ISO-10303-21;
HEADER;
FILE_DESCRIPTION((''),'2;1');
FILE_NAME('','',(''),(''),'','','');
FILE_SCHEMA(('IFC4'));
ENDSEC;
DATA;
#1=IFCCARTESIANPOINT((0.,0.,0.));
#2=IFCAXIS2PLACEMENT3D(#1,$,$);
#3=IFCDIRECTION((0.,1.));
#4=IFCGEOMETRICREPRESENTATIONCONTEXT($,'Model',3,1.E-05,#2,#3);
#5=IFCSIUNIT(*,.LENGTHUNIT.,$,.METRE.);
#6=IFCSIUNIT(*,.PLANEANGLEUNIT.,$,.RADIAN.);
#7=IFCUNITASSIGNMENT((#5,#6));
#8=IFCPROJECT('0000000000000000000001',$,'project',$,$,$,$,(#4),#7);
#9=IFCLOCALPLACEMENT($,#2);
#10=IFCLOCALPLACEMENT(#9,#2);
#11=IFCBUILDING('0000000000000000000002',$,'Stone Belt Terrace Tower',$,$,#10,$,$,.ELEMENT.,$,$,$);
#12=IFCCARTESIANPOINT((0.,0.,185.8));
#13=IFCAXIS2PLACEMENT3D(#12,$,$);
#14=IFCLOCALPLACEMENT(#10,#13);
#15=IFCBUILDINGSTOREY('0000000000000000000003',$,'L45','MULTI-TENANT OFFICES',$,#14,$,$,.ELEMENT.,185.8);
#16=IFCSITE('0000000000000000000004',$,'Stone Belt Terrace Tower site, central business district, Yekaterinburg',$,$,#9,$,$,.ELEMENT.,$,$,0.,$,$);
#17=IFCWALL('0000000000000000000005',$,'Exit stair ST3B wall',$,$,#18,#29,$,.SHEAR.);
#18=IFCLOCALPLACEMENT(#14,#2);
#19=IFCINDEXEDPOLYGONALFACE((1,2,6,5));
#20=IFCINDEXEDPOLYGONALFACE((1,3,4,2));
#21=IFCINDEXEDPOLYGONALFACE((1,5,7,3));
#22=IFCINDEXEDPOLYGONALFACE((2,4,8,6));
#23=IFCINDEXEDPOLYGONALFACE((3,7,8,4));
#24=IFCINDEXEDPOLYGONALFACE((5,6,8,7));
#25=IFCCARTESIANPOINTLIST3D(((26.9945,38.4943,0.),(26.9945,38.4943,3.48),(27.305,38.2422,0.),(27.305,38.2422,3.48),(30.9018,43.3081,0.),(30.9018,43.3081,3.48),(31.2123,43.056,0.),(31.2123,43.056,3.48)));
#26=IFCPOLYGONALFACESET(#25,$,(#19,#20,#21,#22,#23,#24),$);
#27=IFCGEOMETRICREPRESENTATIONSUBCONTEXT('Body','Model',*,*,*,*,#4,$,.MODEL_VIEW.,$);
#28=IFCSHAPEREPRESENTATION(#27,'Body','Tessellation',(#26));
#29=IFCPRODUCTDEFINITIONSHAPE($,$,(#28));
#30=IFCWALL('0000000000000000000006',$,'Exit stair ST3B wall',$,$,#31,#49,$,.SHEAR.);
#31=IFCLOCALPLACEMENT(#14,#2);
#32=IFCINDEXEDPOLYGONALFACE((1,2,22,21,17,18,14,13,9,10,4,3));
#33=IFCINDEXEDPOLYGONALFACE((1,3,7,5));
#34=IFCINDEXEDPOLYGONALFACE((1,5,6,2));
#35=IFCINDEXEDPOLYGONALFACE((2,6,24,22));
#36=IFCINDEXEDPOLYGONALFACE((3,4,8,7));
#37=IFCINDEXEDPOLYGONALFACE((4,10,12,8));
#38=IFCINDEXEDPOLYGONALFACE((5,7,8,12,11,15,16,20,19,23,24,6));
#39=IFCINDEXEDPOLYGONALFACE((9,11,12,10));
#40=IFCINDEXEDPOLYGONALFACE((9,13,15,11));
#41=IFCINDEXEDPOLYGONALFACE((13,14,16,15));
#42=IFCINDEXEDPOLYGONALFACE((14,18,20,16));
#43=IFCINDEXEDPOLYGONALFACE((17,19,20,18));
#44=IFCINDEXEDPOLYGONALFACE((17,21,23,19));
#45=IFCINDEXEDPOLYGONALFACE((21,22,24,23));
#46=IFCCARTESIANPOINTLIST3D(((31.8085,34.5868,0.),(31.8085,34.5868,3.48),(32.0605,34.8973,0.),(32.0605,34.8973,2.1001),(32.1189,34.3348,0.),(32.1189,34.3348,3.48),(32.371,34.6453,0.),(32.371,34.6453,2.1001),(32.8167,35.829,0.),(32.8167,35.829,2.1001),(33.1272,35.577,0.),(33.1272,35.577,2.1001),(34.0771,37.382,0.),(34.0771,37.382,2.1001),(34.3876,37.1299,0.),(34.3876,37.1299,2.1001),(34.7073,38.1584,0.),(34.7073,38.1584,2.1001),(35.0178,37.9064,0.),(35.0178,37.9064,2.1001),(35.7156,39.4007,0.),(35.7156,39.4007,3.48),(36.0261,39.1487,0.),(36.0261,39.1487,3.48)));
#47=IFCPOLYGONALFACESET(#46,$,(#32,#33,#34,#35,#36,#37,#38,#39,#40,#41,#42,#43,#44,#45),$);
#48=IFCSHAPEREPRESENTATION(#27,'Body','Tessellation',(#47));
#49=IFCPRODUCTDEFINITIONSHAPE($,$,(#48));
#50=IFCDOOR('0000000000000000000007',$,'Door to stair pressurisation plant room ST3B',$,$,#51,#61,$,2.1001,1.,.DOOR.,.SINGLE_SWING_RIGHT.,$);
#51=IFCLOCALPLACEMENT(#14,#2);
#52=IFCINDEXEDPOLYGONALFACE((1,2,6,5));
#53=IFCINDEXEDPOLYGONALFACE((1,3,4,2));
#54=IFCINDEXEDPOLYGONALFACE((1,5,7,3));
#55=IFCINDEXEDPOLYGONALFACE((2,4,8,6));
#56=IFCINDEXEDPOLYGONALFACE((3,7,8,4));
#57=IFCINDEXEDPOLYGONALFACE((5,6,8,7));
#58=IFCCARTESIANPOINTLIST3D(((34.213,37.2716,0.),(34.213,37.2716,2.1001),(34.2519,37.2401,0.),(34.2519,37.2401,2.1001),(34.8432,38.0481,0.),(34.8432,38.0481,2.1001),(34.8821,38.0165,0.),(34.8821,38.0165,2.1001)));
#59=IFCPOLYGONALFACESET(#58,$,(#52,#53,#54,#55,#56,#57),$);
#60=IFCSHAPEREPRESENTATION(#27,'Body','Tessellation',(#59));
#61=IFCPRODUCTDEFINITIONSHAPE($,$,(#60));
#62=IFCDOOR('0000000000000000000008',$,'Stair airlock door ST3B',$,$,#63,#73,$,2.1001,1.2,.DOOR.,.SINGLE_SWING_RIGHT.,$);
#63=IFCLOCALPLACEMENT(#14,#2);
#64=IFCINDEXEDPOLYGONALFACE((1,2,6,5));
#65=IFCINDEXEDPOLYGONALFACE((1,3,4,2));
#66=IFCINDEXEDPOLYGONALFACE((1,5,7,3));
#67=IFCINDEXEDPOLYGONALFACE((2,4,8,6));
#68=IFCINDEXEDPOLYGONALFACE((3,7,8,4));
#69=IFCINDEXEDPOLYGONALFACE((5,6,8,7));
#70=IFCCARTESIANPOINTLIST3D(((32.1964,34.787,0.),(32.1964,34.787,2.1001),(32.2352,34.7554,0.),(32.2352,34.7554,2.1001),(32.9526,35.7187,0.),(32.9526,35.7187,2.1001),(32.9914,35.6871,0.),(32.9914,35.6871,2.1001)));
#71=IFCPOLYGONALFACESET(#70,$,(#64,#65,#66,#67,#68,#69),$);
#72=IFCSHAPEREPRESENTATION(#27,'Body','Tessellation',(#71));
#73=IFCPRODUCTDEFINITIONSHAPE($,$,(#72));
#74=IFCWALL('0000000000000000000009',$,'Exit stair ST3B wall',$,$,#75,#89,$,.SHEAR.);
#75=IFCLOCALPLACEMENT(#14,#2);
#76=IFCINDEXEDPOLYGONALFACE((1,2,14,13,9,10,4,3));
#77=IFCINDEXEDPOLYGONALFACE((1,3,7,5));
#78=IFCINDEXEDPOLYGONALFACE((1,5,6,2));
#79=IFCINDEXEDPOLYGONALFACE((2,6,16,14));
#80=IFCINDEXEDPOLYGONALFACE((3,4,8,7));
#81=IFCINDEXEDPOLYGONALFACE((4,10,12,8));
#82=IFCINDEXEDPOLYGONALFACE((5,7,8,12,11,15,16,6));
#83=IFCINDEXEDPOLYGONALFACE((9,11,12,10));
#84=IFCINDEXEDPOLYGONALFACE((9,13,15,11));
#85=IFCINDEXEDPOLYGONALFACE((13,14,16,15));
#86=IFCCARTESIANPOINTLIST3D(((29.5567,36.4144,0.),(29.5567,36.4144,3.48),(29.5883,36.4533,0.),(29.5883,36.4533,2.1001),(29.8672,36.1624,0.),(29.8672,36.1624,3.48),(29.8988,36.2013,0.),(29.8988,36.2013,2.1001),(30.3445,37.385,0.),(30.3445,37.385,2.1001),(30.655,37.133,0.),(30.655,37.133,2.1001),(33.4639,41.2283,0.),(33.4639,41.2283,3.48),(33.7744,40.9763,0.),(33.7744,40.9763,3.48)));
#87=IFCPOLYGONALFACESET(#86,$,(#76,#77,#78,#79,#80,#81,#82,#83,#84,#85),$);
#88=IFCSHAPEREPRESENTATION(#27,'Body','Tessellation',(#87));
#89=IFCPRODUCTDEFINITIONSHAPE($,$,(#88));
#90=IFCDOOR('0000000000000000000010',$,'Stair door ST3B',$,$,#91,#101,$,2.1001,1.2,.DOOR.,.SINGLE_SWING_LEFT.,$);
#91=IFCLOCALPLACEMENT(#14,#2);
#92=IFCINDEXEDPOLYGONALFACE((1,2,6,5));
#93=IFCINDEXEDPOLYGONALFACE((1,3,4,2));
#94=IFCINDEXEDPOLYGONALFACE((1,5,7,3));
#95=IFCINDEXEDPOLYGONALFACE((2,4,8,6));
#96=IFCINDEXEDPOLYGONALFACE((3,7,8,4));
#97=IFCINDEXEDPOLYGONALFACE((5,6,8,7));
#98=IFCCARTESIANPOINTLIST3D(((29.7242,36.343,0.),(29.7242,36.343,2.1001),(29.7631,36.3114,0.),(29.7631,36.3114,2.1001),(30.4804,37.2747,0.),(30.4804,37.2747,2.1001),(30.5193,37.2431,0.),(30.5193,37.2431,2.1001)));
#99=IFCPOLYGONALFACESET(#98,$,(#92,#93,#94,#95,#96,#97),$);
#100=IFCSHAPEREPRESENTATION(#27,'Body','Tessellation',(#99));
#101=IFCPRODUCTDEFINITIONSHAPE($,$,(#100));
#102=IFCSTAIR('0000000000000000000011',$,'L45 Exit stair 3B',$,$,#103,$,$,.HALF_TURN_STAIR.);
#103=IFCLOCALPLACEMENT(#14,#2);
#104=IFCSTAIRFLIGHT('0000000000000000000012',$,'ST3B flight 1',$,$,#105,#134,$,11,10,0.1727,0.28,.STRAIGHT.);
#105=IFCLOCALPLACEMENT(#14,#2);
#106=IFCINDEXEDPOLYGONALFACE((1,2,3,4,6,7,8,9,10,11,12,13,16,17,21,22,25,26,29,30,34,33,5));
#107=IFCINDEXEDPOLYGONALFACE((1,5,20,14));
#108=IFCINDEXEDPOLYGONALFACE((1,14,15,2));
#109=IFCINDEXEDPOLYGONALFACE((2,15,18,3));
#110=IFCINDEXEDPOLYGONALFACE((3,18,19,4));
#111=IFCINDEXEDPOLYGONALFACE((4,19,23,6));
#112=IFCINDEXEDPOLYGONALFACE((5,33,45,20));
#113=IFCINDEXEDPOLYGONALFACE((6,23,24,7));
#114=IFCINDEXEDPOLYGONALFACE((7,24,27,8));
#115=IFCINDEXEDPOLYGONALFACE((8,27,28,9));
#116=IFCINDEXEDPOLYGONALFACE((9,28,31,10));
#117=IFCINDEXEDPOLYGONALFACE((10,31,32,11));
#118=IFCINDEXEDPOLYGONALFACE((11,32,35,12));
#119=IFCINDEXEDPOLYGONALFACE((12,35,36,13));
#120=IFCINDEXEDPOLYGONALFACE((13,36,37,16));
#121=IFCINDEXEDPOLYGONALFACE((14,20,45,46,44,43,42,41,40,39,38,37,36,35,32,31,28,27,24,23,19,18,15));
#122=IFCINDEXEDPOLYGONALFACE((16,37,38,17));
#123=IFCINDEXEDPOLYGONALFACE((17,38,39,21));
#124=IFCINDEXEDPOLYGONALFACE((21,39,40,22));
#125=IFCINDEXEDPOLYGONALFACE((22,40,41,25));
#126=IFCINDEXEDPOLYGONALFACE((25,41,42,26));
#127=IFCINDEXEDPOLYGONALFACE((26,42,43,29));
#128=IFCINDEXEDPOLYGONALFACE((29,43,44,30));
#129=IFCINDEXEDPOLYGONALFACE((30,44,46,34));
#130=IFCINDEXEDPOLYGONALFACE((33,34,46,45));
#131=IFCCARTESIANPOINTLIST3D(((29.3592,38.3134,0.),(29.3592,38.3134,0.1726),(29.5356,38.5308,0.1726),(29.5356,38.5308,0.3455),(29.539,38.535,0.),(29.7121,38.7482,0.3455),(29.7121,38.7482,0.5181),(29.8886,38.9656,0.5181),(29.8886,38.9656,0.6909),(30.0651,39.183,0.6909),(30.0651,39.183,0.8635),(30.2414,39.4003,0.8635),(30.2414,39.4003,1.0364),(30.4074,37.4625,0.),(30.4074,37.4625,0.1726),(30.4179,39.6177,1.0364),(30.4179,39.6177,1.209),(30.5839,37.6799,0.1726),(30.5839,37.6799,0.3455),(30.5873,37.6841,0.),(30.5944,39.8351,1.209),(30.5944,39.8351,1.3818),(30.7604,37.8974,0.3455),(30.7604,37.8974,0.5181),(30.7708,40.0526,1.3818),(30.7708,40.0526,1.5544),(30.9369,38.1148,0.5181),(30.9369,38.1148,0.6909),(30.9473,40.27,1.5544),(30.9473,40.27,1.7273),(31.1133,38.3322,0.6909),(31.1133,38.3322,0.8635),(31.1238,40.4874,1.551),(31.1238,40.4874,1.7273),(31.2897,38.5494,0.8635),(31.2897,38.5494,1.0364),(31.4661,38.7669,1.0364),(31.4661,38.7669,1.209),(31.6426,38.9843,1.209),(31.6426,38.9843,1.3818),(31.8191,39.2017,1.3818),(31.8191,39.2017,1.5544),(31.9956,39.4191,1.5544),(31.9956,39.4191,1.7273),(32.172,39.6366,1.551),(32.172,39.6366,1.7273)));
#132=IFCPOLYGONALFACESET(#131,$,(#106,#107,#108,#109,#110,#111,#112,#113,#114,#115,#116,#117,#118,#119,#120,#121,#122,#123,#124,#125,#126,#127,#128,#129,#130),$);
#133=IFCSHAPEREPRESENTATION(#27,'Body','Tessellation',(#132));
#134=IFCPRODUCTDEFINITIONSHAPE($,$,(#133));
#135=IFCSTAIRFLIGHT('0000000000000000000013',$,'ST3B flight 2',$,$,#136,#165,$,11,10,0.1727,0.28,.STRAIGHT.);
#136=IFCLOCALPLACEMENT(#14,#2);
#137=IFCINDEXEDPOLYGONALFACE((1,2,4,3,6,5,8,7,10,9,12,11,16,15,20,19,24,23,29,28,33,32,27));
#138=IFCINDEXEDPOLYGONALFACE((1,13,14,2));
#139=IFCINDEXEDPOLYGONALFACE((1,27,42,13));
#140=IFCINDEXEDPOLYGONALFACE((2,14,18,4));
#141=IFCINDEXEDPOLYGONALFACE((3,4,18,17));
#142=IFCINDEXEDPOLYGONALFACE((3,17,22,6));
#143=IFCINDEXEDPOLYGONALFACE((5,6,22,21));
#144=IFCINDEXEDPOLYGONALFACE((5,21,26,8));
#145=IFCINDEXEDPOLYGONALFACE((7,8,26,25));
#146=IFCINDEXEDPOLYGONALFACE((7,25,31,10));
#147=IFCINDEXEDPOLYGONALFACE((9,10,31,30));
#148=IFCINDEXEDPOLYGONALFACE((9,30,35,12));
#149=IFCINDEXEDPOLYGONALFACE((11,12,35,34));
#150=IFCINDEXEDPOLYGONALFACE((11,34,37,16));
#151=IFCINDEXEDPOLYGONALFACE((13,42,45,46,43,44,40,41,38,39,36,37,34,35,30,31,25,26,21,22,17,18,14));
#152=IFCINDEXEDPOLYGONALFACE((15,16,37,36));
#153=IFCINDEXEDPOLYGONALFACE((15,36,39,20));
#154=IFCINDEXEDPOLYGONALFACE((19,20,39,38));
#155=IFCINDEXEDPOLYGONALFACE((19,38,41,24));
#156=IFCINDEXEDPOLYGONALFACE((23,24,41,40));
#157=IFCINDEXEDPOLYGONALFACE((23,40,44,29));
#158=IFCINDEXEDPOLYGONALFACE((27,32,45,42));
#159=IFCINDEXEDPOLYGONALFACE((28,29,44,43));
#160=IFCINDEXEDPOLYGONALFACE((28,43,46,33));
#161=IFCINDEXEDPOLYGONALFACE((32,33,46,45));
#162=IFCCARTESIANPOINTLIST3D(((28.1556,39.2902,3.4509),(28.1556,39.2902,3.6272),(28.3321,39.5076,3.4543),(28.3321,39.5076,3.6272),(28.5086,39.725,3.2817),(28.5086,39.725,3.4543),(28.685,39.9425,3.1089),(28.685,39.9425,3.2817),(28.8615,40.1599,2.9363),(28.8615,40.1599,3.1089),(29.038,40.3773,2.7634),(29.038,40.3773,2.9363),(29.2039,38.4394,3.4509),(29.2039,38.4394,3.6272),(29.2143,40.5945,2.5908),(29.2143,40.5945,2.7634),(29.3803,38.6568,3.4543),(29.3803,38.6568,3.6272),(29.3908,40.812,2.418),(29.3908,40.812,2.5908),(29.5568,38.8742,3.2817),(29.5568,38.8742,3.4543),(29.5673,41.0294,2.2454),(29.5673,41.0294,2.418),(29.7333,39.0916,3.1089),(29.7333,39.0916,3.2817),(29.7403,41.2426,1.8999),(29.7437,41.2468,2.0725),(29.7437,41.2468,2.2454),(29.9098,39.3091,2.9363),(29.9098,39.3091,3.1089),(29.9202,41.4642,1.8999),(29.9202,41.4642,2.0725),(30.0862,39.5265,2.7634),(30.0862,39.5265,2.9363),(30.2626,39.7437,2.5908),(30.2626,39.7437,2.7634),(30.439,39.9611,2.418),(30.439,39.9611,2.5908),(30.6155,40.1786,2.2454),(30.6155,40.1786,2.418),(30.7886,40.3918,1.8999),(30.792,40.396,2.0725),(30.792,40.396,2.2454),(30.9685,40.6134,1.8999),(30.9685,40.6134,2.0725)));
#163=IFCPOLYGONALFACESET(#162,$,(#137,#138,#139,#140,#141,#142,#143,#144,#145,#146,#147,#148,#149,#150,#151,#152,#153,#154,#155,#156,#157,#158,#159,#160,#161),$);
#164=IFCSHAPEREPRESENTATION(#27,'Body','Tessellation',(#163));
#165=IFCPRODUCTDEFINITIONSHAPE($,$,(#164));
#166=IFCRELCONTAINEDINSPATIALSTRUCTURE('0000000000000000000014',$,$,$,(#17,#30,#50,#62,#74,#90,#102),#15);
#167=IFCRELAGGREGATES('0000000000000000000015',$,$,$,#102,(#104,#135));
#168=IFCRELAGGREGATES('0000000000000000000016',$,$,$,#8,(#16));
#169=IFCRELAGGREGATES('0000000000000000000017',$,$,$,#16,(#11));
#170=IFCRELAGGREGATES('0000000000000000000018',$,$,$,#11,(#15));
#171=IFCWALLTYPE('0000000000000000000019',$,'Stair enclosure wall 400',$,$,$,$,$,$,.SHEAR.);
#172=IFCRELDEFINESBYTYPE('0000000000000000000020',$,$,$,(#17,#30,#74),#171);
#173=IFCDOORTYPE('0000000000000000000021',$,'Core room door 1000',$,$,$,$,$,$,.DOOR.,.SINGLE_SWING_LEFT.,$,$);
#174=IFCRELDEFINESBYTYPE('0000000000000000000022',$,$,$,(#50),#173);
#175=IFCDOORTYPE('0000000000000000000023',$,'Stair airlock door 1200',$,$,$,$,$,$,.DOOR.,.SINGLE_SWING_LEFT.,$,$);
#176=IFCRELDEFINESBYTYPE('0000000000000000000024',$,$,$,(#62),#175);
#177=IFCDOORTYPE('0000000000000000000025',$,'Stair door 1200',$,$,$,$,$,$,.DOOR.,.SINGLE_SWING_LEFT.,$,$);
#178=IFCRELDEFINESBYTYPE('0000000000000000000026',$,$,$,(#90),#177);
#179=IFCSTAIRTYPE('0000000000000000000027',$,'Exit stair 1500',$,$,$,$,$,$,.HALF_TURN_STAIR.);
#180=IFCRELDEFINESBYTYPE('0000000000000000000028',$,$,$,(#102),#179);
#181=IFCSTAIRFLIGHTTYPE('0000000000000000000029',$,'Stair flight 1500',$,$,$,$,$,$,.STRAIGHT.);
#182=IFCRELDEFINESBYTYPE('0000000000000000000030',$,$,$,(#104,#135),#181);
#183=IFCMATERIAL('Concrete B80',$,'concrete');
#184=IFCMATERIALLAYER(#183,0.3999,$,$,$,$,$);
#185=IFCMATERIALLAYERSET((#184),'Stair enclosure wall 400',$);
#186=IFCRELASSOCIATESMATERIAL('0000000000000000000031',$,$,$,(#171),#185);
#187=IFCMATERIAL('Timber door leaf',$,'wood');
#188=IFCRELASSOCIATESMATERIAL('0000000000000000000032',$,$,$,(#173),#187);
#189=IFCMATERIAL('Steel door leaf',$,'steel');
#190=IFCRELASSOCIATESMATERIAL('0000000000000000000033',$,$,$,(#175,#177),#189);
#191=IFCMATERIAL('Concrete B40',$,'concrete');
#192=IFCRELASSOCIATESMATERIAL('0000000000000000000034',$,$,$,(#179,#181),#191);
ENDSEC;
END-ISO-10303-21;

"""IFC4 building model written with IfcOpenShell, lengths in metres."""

from ifc_helpers import new_model, si_unit, direction, frame, frame_2d, origin, place, context, subcontext, project, spatial, polyline, rectangle, outline, extrude, material, layer, layer_set, type_object, element, fill, aggregate, save


model = new_model("IFC4")

# Units and contexts
model_context = context("Model", 3, precision=1e-05, world=origin(), true_north=direction((0.0, 1.0)))
body_context = subcontext(model_context, "Body", "Model", "MODEL_VIEW")
ifc_project = project(units=[si_unit("LENGTHUNIT", "METRE"), si_unit("PLANEANGLEUNIT", "RADIAN")], contexts=[model_context])

# Site, building, storey
site_placement = place(None, origin())
site = spatial("IfcSite", under=ifc_project, at=site_placement, Name="Stone Belt Terrace Tower site, central business district, Yekaterinburg", CompositionType="ELEMENT", RefElevation=0.0)
building_placement = place(site_placement, origin())
building = spatial("IfcBuilding", under=site, at=building_placement, Name="Stone Belt Terrace Tower", CompositionType="ELEMENT")
storey_placement = place(building_placement, frame((0.0, 0.0, 185.8)))
storey = spatial("IfcBuildingStorey", under=building, at=storey_placement, Name="L45", Description="MULTI-TENANT OFFICES", CompositionType="ELEMENT", Elevation=185.8)

# Shared definitions
ifc_material_1 = material(Name="Concrete B80", Category="concrete")

# Wall
ifc_layer_1 = layer(ifc_material_1, 0.3999)
ifc_layer_set_1 = layer_set([ifc_layer_1], Name="Stair enclosure wall 400")
wall_type_1 = type_object("IfcWallType", Name="Stair enclosure wall 400", PredefinedType="SHEAR", material=ifc_layer_set_1)
wall_1_placement = place(storey_placement, frame((27.1497, 38.3682, 0.0), z_axis=(0.0, 0.0, 1.0), x_axis=(0.630212, 0.776423, 0.0)))
element("IfcWall", 1, at=wall_1_placement, inside=storey, type_object=wall_type_1, Name="Exit stair ST3B wall", PredefinedType="SHEAR", context=body_context, shape_type="SweptSolid", body=[
    extrude(rectangle(XDim=6.2, YDim=0.3999, at=frame_2d((3.1001, 0.0))), origin(), (0.0, 0.0, 1.0), 3.48),
])

# Wall, openings, doors
wall_2_placement = place(storey_placement, frame((31.9636, 34.4607, 0.0), z_axis=(0.0, 0.0, 1.0), x_axis=(0.630192, 0.776439, 0.0)))
wall_2 = element("IfcWall", 2, at=wall_2_placement, inside=storey, type_object=wall_type_1, Name="Exit stair ST3B wall", PredefinedType="SHEAR", context=body_context, shape_type="SweptSolid", body=[
    extrude(rectangle(XDim=6.2, YDim=0.3999, at=frame_2d((3.1001, 0.0))), origin(), (0.0, 0.0, 1.0), 3.48),
])
opening_1_placement = place(wall_2_placement, frame((0.3999, 0.0, 0.0)))
opening_1 = element("IfcOpeningElement", 3, at=opening_1_placement, cuts=wall_2, PredefinedType="OPENING", context=body_context, shape_type="SweptSolid", body=[
    extrude(rectangle(XDim=1.2, YDim=2.1001, at=frame_2d((0.6001, 1.05))), frame((0.0, 0.21, 0.0), z_axis=(0.0, -1.0, 0.0), x_axis=(1.0, 0.0, 0.0)), (0.0, 0.0, 1.0), 0.4199),
])
opening_2_placement = place(wall_2_placement, frame((3.6001, 0.0, 0.0)))
opening_2 = element("IfcOpeningElement", 4, at=opening_2_placement, cuts=wall_2, PredefinedType="OPENING", context=body_context, shape_type="SweptSolid", body=[
    extrude(rectangle(XDim=1.0, YDim=2.1001, at=frame_2d((0.5, 1.05))), frame((0.0, 0.21, 0.0), z_axis=(0.0, -1.0, 0.0), x_axis=(1.0, 0.0, 0.0)), (0.0, 0.0, 1.0), 0.4199),
])
ifc_material_2 = material(Name="Timber door leaf", Category="wood")
door_type_1 = type_object("IfcDoorType", Name="Core room door 1000", OperationType="SINGLE_SWING_LEFT", PredefinedType="DOOR", material=ifc_material_2)
door_1_placement = place(opening_2_placement, origin())
door_1 = element("IfcDoor", 5, at=door_1_placement, inside=storey, type_object=door_type_1, Name="Door to stair pressurisation plant room ST3B", OperationType="SINGLE_SWING_RIGHT", OverallHeight=2.1001, OverallWidth=1.0, PredefinedType="DOOR", context=body_context, shape_type="SweptSolid", body=[
    extrude(rectangle(XDim=1.0, YDim=2.1001, at=frame_2d((0.5, 1.05))), frame((0.0, 0.0249, 0.0), z_axis=(0.0, -1.0, 0.0), x_axis=(1.0, 0.0, 0.0)), (0.0, 0.0, 1.0), 0.05),
])
fill(opening_2, door_1)
ifc_material_3 = material(Name="Steel door leaf", Category="steel")
door_type_2 = type_object("IfcDoorType", Name="Stair airlock door 1200", OperationType="SINGLE_SWING_LEFT", PredefinedType="DOOR", material=ifc_material_3)
door_2_placement = place(opening_1_placement, origin())
door_2 = element("IfcDoor", 6, at=door_2_placement, inside=storey, type_object=door_type_2, Name="Stair airlock door ST3B", OperationType="SINGLE_SWING_RIGHT", OverallHeight=2.1001, OverallWidth=1.2, PredefinedType="DOOR", context=body_context, shape_type="SweptSolid", body=[
    extrude(rectangle(XDim=1.2, YDim=2.1001, at=frame_2d((0.6001, 1.05))), frame((0.0, 0.0249, 0.0), z_axis=(0.0, -1.0, 0.0), x_axis=(1.0, 0.0, 0.0)), (0.0, 0.0, 1.0), 0.05),
])
fill(opening_1, door_2)

# Wall, opening, door
wall_3_placement = place(storey_placement, frame((29.7119, 36.2883, 0.0), z_axis=(0.0, 0.0, 1.0), x_axis=(0.630192, 0.776439, 0.0)))
wall_3 = element("IfcWall", 7, at=wall_3_placement, inside=storey, type_object=wall_type_1, Name="Exit stair ST3B wall", PredefinedType="SHEAR", context=body_context, shape_type="SweptSolid", body=[
    extrude(rectangle(XDim=6.2, YDim=0.3999, at=frame_2d((3.1001, 0.0))), origin(), (0.0, 0.0, 1.0), 3.48),
])
opening_3_placement = place(wall_3_placement, frame((0.05, 0.0, 0.0)))
opening_3 = element("IfcOpeningElement", 8, at=opening_3_placement, cuts=wall_3, PredefinedType="OPENING", context=body_context, shape_type="SweptSolid", body=[
    extrude(rectangle(XDim=1.2, YDim=2.1001, at=frame_2d((0.6001, 1.05))), frame((0.0, 0.21, 0.0), z_axis=(0.0, -1.0, 0.0), x_axis=(1.0, 0.0, 0.0)), (0.0, 0.0, 1.0), 0.4199),
])
door_type_3 = type_object("IfcDoorType", Name="Stair door 1200", OperationType="SINGLE_SWING_LEFT", PredefinedType="DOOR", material=ifc_material_3)
door_3_placement = place(opening_3_placement, origin())
door_3 = element("IfcDoor", 9, at=door_3_placement, inside=storey, type_object=door_type_3, Name="Stair door ST3B", OperationType="SINGLE_SWING_LEFT", OverallHeight=2.1001, OverallWidth=1.2, PredefinedType="DOOR", context=body_context, shape_type="SweptSolid", body=[
    extrude(rectangle(XDim=1.2, YDim=2.1001, at=frame_2d((0.6001, 1.05))), frame((0.0, 0.0249, 0.0), z_axis=(0.0, -1.0, 0.0), x_axis=(1.0, 0.0, 0.0)), (0.0, 0.0, 1.0), 0.05),
])
fill(opening_3, door_3)

# Stair, stair flights
ifc_material_4 = material(Name="Concrete B40", Category="concrete")
stair_type = type_object("IfcStairType", Name="Exit stair 1500", PredefinedType="HALF_TURN_STAIR", material=ifc_material_4)
stair_placement = place(storey_placement, origin())
stair = element("IfcStair", 10, at=stair_placement, inside=storey, type_object=stair_type, Name="L45 Exit stair 3B", PredefinedType="HALF_TURN_STAIR")
stair_flight_type = type_object("IfcStairFlightType", Name="Stair flight 1500", PredefinedType="STRAIGHT", material=ifc_material_4)
stair_flight_1_placement = place(storey_placement, frame((29.8833, 37.8879, 0.0), z_axis=(0.0, 0.0, 1.0), x_axis=(0.630206, 0.776428, 0.0)))
stair_flight_1 = element("IfcStairFlight", 11, at=stair_flight_1_placement, type_object=stair_flight_type, Name="ST3B flight 1", NumberOfRisers=11, NumberOfTreads=10, PredefinedType="STRAIGHT", RiserHeight=0.1727, TreadLength=0.28, context=body_context, shape_type="SweptSolid", body=[
    extrude(outline(polyline([(0.0, 0.0), (0.0, 0.1726), (0.28, 0.1726), (0.28, 0.3455), (0.5601, 0.3455), (0.5601, 0.5181), (0.8401, 0.5181), (0.8401, 0.6909), (1.1201, 0.6909), (1.1201, 0.8635), (1.3999, 0.8635), (1.3999, 1.0364), (1.6799, 1.0364), (1.6799, 1.209), (1.96, 1.209), (1.96, 1.3818), (2.24, 1.3818), (2.24, 1.5544), (2.52, 1.5544), (2.52, 1.7273), (2.8, 1.7273), (2.8, 1.8999), (2.8, 1.551), (0.2854, 0.0), (0.0, 0.0)])), frame((0.0, 0.675, 0.0), z_axis=(0.0, -1.0, 0.0), x_axis=(1.0, 0.0, 0.0)), (0.0, 0.0, 1.0), 1.3501),
])
stair_flight_2_placement = place(storey_placement, frame((30.4443, 41.0388, 1.8999), z_axis=(0.0, 0.0, 1.0), x_axis=(-0.630206, -0.776428, 0.0)))
stair_flight_2 = element("IfcStairFlight", 12, at=stair_flight_2_placement, type_object=stair_flight_type, Name="ST3B flight 2", NumberOfRisers=11, NumberOfTreads=10, PredefinedType="STRAIGHT", RiserHeight=0.1727, TreadLength=0.28, context=body_context, shape_type="SweptSolid", body=[
    extrude(outline(polyline([(0.0, 0.0), (0.0, 0.1726), (0.28, 0.1726), (0.28, 0.3455), (0.5601, 0.3455), (0.5601, 0.5181), (0.8401, 0.5181), (0.8401, 0.6909), (1.1201, 0.6909), (1.1201, 0.8635), (1.3999, 0.8635), (1.3999, 1.0364), (1.6799, 1.0364), (1.6799, 1.209), (1.96, 1.209), (1.96, 1.3818), (2.24, 1.3818), (2.24, 1.5544), (2.52, 1.5544), (2.52, 1.7273), (2.8, 1.7273), (2.8, 1.8999), (2.8, 1.551), (0.2854, 0.0), (0.0, 0.0)])), frame((0.0, 0.675, 0.0), z_axis=(0.0, -1.0, 0.0), x_axis=(1.0, 0.0, 0.0)), (0.0, 0.0, 1.0), 1.3501),
])
aggregate(stair, [stair_flight_1, stair_flight_2])

save(model, "model.ifc")
